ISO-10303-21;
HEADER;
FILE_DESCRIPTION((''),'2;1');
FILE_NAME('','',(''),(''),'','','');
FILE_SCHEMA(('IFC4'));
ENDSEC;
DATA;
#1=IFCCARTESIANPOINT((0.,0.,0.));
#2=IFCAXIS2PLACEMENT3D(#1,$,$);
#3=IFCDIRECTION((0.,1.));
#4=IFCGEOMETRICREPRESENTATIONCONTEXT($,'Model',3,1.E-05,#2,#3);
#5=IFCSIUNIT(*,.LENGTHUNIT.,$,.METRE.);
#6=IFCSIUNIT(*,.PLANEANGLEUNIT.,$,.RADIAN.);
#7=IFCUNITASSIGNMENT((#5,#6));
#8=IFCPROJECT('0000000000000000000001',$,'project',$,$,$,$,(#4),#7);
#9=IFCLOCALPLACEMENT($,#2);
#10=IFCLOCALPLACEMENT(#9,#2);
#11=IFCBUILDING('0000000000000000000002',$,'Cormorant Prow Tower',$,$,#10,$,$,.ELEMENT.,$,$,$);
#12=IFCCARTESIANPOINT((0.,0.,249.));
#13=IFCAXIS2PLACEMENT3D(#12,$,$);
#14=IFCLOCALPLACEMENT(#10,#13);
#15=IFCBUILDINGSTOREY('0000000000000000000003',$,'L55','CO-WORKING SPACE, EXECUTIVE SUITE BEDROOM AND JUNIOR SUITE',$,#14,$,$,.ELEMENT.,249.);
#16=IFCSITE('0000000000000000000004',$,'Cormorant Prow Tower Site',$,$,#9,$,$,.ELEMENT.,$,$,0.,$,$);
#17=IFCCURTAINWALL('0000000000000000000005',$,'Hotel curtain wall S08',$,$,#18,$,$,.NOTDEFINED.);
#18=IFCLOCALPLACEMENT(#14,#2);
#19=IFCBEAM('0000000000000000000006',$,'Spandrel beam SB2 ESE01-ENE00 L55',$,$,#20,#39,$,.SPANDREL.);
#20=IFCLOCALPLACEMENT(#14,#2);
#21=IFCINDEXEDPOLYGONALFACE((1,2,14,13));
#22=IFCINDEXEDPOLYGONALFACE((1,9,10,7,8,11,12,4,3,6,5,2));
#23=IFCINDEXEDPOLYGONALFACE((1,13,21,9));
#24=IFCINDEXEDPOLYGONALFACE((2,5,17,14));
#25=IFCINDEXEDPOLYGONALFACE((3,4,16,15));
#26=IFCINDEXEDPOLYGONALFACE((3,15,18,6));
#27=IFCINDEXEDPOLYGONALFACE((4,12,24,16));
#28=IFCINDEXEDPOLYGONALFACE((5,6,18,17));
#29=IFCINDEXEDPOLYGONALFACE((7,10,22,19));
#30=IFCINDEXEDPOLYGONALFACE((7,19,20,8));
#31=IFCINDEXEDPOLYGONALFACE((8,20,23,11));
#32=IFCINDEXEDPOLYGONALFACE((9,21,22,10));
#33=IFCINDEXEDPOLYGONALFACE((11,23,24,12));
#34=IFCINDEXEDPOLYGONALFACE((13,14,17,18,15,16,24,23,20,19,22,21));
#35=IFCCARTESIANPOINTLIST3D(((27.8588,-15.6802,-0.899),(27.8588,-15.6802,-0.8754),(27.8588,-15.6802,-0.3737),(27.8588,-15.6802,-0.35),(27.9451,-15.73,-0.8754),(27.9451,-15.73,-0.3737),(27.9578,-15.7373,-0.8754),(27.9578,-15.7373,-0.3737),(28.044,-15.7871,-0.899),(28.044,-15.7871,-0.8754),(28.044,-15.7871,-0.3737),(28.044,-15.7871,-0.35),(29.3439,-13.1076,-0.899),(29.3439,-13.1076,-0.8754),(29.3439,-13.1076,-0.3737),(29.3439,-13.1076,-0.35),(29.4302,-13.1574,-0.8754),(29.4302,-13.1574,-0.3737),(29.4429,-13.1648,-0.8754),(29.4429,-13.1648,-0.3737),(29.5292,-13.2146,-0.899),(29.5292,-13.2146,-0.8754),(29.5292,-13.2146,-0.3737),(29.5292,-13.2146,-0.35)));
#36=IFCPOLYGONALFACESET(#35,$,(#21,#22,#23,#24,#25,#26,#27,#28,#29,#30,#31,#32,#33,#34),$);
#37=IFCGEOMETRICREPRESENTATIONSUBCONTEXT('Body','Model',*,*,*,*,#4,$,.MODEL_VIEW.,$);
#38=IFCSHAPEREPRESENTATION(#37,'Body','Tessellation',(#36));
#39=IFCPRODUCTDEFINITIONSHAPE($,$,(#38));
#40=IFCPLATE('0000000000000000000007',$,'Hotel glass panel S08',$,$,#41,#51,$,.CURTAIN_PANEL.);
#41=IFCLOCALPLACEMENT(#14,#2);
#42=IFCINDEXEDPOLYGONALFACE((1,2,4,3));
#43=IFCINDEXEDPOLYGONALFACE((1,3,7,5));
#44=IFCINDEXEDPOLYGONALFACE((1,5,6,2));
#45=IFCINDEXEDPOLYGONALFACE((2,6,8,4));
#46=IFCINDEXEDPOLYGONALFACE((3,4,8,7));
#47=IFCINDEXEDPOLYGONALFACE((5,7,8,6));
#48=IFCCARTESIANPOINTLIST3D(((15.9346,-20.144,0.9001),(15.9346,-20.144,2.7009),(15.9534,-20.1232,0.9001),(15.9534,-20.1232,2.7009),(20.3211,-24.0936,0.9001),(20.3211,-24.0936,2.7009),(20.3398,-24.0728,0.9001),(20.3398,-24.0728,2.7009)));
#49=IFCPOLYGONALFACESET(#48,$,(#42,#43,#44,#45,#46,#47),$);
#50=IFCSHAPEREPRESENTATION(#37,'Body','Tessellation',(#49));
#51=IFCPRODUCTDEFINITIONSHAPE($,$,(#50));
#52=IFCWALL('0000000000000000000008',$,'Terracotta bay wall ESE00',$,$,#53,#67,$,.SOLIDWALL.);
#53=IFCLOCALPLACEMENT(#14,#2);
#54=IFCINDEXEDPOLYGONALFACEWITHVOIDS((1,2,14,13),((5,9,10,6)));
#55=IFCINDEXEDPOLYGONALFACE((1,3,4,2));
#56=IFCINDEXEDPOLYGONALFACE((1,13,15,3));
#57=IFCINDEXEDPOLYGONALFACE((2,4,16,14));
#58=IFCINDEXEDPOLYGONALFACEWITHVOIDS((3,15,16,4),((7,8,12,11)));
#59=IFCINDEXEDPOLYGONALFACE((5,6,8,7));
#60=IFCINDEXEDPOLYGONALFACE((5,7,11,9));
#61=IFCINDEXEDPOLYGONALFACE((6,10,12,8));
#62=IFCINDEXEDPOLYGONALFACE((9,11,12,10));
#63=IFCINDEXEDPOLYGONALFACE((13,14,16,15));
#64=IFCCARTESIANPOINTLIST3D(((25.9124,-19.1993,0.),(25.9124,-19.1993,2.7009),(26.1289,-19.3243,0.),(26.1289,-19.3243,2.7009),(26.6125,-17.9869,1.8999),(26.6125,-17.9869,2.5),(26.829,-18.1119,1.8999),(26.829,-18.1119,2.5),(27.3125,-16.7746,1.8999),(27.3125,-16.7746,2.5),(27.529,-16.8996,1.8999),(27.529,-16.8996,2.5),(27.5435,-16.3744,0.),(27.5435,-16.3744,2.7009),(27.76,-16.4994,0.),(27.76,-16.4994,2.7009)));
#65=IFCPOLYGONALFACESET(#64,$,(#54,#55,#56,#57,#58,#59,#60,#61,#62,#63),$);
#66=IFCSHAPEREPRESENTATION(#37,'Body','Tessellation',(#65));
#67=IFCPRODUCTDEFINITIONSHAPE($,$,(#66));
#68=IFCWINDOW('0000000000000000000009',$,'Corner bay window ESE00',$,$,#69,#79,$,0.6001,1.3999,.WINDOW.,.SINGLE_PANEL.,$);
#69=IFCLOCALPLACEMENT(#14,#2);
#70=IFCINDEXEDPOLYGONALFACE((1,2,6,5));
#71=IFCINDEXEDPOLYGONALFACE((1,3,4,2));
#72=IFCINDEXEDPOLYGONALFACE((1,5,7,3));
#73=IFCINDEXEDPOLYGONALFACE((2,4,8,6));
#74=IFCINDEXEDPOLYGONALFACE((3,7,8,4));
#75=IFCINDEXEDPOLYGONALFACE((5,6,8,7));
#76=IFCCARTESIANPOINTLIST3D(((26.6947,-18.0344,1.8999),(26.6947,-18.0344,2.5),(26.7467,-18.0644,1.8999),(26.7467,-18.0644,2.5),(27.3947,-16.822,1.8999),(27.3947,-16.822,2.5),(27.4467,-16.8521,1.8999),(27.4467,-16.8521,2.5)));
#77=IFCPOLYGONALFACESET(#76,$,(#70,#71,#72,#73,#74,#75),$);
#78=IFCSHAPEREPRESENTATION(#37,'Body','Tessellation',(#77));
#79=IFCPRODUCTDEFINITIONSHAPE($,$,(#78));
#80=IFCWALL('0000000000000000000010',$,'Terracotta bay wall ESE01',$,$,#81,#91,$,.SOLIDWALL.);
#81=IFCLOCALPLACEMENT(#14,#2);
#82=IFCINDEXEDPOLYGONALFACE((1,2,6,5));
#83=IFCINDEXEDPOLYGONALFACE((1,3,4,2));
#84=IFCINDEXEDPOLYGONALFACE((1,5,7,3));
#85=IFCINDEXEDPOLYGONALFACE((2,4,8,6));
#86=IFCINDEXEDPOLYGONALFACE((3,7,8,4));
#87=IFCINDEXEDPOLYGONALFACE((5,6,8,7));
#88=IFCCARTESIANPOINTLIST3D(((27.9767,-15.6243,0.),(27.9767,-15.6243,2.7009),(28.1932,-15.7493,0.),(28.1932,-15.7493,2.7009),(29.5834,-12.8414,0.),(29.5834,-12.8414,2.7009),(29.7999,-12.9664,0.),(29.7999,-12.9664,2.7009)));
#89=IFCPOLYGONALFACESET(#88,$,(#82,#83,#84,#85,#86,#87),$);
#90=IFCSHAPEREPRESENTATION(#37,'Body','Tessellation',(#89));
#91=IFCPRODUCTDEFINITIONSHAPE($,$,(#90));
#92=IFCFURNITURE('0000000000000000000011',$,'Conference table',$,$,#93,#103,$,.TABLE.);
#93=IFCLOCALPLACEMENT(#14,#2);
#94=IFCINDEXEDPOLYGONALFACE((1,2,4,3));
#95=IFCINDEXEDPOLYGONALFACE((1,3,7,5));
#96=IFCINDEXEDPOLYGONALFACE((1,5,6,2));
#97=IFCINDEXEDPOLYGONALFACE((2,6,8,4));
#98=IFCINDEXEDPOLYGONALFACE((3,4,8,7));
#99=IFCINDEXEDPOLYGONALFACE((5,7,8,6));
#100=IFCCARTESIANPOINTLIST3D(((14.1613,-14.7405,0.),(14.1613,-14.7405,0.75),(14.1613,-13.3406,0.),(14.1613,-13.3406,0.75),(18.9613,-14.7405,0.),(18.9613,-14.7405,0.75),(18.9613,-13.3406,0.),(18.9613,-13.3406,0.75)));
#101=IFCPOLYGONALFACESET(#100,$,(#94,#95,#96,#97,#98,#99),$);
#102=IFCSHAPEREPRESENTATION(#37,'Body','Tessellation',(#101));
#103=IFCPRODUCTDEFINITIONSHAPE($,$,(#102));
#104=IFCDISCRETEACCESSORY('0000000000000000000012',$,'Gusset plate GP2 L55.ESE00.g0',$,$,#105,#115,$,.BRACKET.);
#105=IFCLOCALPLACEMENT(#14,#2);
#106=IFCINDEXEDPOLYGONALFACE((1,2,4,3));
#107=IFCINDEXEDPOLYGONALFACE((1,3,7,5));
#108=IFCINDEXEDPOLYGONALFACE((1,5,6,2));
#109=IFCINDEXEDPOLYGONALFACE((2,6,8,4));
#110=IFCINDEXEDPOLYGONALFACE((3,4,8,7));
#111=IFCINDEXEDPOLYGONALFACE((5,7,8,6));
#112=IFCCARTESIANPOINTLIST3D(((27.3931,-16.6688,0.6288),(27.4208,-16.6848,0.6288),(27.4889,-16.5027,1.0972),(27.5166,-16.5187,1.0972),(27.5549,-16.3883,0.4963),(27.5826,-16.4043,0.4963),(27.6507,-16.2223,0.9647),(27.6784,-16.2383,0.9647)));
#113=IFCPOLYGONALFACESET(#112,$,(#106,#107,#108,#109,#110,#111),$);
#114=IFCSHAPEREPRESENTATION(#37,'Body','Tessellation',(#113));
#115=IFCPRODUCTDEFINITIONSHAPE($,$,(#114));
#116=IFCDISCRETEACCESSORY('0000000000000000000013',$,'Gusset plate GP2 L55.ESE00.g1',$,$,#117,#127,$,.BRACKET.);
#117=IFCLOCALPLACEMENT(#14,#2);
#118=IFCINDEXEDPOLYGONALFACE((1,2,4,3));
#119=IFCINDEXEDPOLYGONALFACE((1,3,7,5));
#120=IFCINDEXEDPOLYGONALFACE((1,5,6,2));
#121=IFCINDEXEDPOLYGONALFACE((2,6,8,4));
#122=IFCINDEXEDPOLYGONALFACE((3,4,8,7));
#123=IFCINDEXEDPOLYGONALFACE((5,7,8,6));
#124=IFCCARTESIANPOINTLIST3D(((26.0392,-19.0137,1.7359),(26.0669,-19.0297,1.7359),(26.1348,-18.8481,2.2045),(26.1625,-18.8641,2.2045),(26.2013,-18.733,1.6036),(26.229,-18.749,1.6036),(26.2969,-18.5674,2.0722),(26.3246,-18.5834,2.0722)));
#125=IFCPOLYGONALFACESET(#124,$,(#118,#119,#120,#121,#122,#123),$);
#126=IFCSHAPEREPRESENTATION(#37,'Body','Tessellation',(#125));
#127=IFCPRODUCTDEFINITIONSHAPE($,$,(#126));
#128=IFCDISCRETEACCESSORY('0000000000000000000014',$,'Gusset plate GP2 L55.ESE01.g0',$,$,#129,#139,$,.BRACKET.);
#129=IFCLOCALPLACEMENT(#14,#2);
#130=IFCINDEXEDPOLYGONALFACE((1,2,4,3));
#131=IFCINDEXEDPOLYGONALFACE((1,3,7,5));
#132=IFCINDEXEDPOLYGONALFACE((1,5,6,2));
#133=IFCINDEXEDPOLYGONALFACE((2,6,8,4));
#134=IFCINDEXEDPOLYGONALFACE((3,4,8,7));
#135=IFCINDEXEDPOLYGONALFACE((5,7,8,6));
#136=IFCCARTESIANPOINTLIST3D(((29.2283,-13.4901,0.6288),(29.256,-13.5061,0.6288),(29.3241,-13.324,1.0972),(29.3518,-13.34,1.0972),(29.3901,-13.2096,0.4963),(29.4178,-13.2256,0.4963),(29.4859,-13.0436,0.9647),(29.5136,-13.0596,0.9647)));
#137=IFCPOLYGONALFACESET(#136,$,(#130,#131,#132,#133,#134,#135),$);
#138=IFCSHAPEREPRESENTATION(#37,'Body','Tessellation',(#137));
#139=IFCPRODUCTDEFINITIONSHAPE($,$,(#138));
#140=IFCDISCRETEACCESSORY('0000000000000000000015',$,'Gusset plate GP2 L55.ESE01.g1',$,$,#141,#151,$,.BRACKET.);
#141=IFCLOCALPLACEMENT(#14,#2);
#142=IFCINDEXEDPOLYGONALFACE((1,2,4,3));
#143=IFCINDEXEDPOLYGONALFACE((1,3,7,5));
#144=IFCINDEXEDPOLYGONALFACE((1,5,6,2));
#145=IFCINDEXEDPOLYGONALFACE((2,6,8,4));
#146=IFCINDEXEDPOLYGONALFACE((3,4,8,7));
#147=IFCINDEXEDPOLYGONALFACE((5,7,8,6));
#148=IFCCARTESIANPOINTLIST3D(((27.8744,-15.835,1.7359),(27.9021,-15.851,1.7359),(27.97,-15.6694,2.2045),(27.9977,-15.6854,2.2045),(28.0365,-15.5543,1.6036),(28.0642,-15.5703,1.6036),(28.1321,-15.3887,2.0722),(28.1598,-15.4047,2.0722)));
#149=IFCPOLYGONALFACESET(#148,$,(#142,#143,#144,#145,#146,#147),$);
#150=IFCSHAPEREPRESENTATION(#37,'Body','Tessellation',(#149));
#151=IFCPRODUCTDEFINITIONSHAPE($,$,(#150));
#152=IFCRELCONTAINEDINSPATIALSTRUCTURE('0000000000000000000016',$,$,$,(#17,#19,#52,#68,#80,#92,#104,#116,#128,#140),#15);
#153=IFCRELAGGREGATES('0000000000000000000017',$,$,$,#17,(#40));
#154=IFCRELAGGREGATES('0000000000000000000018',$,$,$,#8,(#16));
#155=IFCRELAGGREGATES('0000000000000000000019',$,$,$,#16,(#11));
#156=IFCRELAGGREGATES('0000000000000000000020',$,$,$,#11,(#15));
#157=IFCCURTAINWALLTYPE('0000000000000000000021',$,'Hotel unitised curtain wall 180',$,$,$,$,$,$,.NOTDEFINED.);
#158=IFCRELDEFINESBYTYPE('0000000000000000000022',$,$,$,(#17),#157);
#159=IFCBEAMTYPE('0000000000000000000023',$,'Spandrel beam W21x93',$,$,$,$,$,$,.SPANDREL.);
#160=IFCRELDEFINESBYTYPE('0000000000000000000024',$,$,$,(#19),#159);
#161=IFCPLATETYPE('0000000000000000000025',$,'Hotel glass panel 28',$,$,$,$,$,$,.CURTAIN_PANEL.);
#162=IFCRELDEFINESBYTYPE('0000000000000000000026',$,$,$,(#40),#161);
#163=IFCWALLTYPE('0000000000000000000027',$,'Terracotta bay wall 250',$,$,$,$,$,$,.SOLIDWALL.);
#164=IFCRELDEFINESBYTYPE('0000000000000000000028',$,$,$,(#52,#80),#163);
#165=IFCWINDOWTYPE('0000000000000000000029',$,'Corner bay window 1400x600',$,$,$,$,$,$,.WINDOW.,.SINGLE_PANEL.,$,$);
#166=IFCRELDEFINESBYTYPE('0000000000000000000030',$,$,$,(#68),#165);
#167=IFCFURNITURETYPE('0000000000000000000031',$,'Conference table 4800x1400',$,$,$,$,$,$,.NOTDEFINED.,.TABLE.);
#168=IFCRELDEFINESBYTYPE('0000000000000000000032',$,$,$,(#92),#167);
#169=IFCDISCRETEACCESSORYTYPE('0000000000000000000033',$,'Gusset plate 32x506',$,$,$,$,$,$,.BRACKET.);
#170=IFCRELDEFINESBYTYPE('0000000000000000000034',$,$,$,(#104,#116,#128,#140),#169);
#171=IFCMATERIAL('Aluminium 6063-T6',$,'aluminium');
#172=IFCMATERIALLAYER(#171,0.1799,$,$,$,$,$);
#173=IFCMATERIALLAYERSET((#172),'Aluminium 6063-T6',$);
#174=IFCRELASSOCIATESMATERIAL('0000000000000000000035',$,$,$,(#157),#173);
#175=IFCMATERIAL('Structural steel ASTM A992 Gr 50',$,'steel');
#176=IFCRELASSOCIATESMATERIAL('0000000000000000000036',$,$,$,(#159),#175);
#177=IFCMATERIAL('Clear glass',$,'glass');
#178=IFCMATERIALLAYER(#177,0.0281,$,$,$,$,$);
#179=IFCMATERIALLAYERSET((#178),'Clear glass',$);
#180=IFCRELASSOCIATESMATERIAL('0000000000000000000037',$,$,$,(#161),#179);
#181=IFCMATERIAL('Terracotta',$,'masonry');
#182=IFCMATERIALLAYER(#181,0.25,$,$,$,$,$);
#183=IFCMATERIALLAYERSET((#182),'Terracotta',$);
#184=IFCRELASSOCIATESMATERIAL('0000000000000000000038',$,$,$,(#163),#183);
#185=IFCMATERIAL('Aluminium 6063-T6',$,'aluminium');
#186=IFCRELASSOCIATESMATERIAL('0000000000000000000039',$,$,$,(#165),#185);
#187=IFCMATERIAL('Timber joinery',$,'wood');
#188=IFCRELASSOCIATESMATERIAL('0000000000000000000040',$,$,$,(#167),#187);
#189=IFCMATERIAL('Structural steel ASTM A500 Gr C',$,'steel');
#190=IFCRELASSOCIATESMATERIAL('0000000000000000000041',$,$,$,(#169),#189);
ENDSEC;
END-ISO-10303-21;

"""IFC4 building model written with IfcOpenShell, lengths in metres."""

from ifc_helpers import new_model, si_unit, direction, frame, frame_2d, origin, origin_2d, place, context, subcontext, project, spatial, rectangle, i_section, extrude, material, layer, layer_set, material_profile, profile_set, type_object, element, fill, aggregate, save


model = new_model("IFC4")

# Units and contexts
model_context = context("Model", 3, precision=1e-05, world=origin(), true_north=direction((0.0, 1.0)))
body_context = subcontext(model_context, "Body", "Model", "MODEL_VIEW")
ifc_project = project(units=[si_unit("LENGTHUNIT", "METRE"), si_unit("PLANEANGLEUNIT", "RADIAN")], contexts=[model_context])

# Site, building, storey
site_placement = place(None, origin())
site = spatial("IfcSite", under=ifc_project, at=site_placement, Name="Cormorant Prow Tower Site", CompositionType="ELEMENT", RefElevation=0.0)
building_placement = place(site_placement, origin())
building = spatial("IfcBuilding", under=site, at=building_placement, Name="Cormorant Prow Tower", CompositionType="ELEMENT")
storey_placement = place(building_placement, frame((0.0, 0.0, 249.0)))
storey = spatial("IfcBuildingStorey", under=building, at=storey_placement, Name="L55", Description="CO-WORKING SPACE, EXECUTIVE SUITE BEDROOM AND JUNIOR SUITE", CompositionType="ELEMENT", Elevation=249.0)

# Curtain wall
ifc_material_1 = material(Name="Aluminium 6063-T6", Category="aluminium")
ifc_layer_1 = layer(ifc_material_1, 0.1799)
ifc_layer_set_1 = layer_set([ifc_layer_1], Name="Aluminium 6063-T6")
curtain_wall_type = type_object("IfcCurtainWallType", Name="Hotel unitised curtain wall 180", PredefinedType="NOTDEFINED", material=ifc_layer_set_1)
curtain_wall_placement = place(storey_placement, origin())
curtain_wall = element("IfcCurtainWall", 1, at=curtain_wall_placement, inside=storey, type_object=curtain_wall_type, Name="Hotel curtain wall S08", PredefinedType="NOTDEFINED")

# Beam
ifc_material_2 = material(Name="Structural steel ASTM A992 Gr 50", Category="steel")
ifc_material_profile_1 = material_profile(ifc_material_2, i_section(OverallWidth=0.2139, OverallDepth=0.5491, WebThickness=0.0146, FlangeThickness=0.0237, at=origin_2d()), Name="W21x93")
ifc_profile_set_1 = profile_set([ifc_material_profile_1], Name="Structural steel ASTM A992 Gr 50")
beam_type = type_object("IfcBeamType", Name="Spandrel beam W21x93", PredefinedType="SPANDREL", material=ifc_profile_set_1)
for number, where, z_axis, x_axis, name in (
    (2, (27.9514, -15.7336, -0.6245), (0.499967, 0.866045, 0.0), (-0.866045, 0.499967, 0.0), "Spandrel beam SB2 ESE01-ENE00 L55"),
):
    element("IfcBeam", number, at=place(storey_placement, frame(where, z_axis=z_axis, x_axis=x_axis)), inside=storey, type_object=beam_type, Name=name, PredefinedType="SPANDREL", context=body_context, shape_type="SweptSolid", body=[
        extrude(i_section(OverallWidth=0.2139, OverallDepth=0.5491, WebThickness=0.0146, FlangeThickness=0.0237, at=origin_2d()), origin(), (0.0, 0.0, 1.0), 2.9705),
    ])

# Plate
ifc_material_3 = material(Name="Clear glass", Category="glass")
ifc_layer_2 = layer(ifc_material_3, 0.0281)
ifc_layer_set_2 = layer_set([ifc_layer_2], Name="Clear glass")
plate_type = type_object("IfcPlateType", Name="Hotel glass panel 28", PredefinedType="CURTAIN_PANEL", material=ifc_layer_set_2)
plate_placement = place(storey_placement, frame((18.1372, -22.1084, 0.9001), z_axis=(0.0, 0.0, 1.0), x_axis=(0.743145, -0.669131, 0.0)))
plate = element("IfcPlate", 3, at=plate_placement, type_object=plate_type, Name="Hotel glass panel S08", PredefinedType="CURTAIN_PANEL", context=body_context, shape_type="SweptSolid", body=[
    extrude(rectangle(XDim=5.9026, YDim=0.0281, at=origin_2d()), origin(), (0.0, 0.0, 1.0), 1.8008),
])
aggregate(curtain_wall, [plate])

# Wall, opening, window
ifc_material_4 = material(Name="Terracotta", Category="masonry")
ifc_layer_3 = layer(ifc_material_4, 0.25)
ifc_layer_set_3 = layer_set([ifc_layer_3], Name="Terracotta")
wall_type_1 = type_object("IfcWallType", Name="Terracotta bay wall 250", PredefinedType="SOLIDWALL", material=ifc_layer_set_3)
wall_1_placement = place(storey_placement, frame((26.0208, -19.2617, 0.0), z_axis=(0.0, 0.0, 1.0), x_axis=(0.500027, 0.86601, 0.0)))
wall_1 = element("IfcWall", 4, at=wall_1_placement, inside=storey, type_object=wall_type_1, Name="Terracotta bay wall ESE00", PredefinedType="SOLIDWALL", context=body_context, shape_type="SweptSolid", body=[
    extrude(rectangle(XDim=3.262, YDim=0.25, at=frame_2d((1.6309, 0.0))), origin(), (0.0, 0.0, 1.0), 2.7009),
])
opening_1_placement = place(wall_1_placement, frame((1.3999, 0.0, 1.8999)))
opening_1 = element("IfcOpeningElement", 5, at=opening_1_placement, cuts=wall_1, PredefinedType="OPENING", context=body_context, shape_type="SweptSolid", body=[
    extrude(rectangle(XDim=1.3999, YDim=0.6001, at=frame_2d((0.7, 0.3))), frame((0.0, 0.135, 0.0), z_axis=(0.0, -1.0, 0.0), x_axis=(1.0, 0.0, 0.0)), (0.0, 0.0, 1.0), 0.27),
])
ifc_material_5 = material(Name="Aluminium 6063-T6", Category="aluminium")
window_type = type_object("IfcWindowType", Name="Corner bay window 1400x600", PartitioningType="SINGLE_PANEL", PredefinedType="WINDOW", material=ifc_material_5)
window_placement = place(opening_1_placement, origin())
window = element("IfcWindow", 6, at=window_placement, inside=storey, type_object=window_type, Name="Corner bay window ESE00", OverallHeight=0.6001, OverallWidth=1.3999, PartitioningType="SINGLE_PANEL", PredefinedType="WINDOW", context=body_context, shape_type="SweptSolid", body=[
    extrude(rectangle(XDim=1.3999, YDim=0.6001, at=frame_2d((0.7, 0.3))), frame((0.0, 0.03, 0.0), z_axis=(0.0, -1.0, 0.0), x_axis=(1.0, 0.0, 0.0)), (0.0, 0.0, 1.0), 0.0601),
])
fill(opening_1, window)

# Wall
wall_2_placement = place(storey_placement, frame((28.085, -15.6868, 0.0), z_axis=(0.0, 0.0, 1.0), x_axis=(0.499988, 0.866033, 0.0)))
element("IfcWall", 7, at=wall_2_placement, inside=storey, type_object=wall_type_1, Name="Terracotta bay wall ESE01", PredefinedType="SOLIDWALL", context=body_context, shape_type="SweptSolid", body=[
    extrude(rectangle(XDim=3.2134, YDim=0.25, at=frame_2d((1.6067, 0.0))), origin(), (0.0, 0.0, 1.0), 2.7009),
])

# Furniture
ifc_material_6 = material(Name="Timber joinery", Category="wood")
furniture_type = type_object("IfcFurnitureType", Name="Conference table 4800x1400", AssemblyPlace="NOTDEFINED", PredefinedType="TABLE", material=ifc_material_6)
furniture_placement = place(storey_placement, frame((16.5613, -14.0405, 0.0), z_axis=(0.0, 0.0, 1.0), x_axis=(1.0, 0.0, 0.0)))
element("IfcFurniture", 8, at=furniture_placement, inside=storey, type_object=furniture_type, Name="Conference table", PredefinedType="TABLE", context=body_context, shape_type="SweptSolid", body=[
    extrude(rectangle(XDim=4.8, YDim=1.3999, at=origin_2d()), origin(), (0.0, 0.0, 1.0), 0.75),
])

# Discrete accessories
ifc_material_7 = material(Name="Structural steel ASTM A500 Gr C", Category="steel")
ifc_material_profile_2 = material_profile(ifc_material_7, rectangle(XDim=0.032, YDim=0.5061, at=origin_2d()), Name="Gusset plate 32x506")
ifc_profile_set_2 = profile_set([ifc_material_profile_2], Name="Structural steel ASTM A500 Gr C")
discrete_accessory_type = type_object("IfcDiscreteAccessoryType", Name="Gusset plate 32x506", PredefinedType="BRACKET", material=ifc_profile_set_2)
discrete_accessory_1_placement = place(storey_placement, frame((27.4548, -16.5938, 0.863), z_axis=(0.462538, 0.801594, -0.378821), x_axis=(-0.866148, 0.499788, 0.0)))
element("IfcDiscreteAccessory", 9, at=discrete_accessory_1_placement, inside=storey, type_object=discrete_accessory_type, Name="Gusset plate GP2 L55.ESE00.g0", PredefinedType="BRACKET", context=body_context, shape_type="SweptSolid", body=[
    extrude(rectangle(XDim=0.032, YDim=0.5061, at=origin_2d()), origin(), (0.0, 0.0, 1.0), 0.3499),
])
discrete_accessory_2_placement = place(storey_placement, frame((26.2629, -18.6582, 1.8379), z_axis=(-0.46295, -0.801796, 0.37789), x_axis=(0.86601, -0.500027, 0.0)))
element("IfcDiscreteAccessory", 10, at=discrete_accessory_2_placement, inside=storey, type_object=discrete_accessory_type, Name="Gusset plate GP2 L55.ESE00.g1", PredefinedType="BRACKET", context=body_context, shape_type="SweptSolid", body=[
    extrude(rectangle(XDim=0.032, YDim=0.5061, at=origin_2d()), origin(), (0.0, 0.0, 1.0), 0.3501),
])
discrete_accessory_3_placement = place(storey_placement, frame((29.29, -13.415, 0.863), z_axis=(0.462538, 0.801594, -0.378821), x_axis=(-0.866148, 0.499788, 0.0)))
element("IfcDiscreteAccessory", 11, at=discrete_accessory_3_placement, inside=storey, type_object=discrete_accessory_type, Name="Gusset plate GP2 L55.ESE01.g0", PredefinedType="BRACKET", context=body_context, shape_type="SweptSolid", body=[
    extrude(rectangle(XDim=0.032, YDim=0.5061, at=origin_2d()), origin(), (0.0, 0.0, 1.0), 0.3499),
])
discrete_accessory_4_placement = place(storey_placement, frame((28.0981, -15.4795, 1.8379), z_axis=(-0.46295, -0.801796, 0.37789), x_axis=(0.86601, -0.500027, 0.0)))
element("IfcDiscreteAccessory", 12, at=discrete_accessory_4_placement, inside=storey, type_object=discrete_accessory_type, Name="Gusset plate GP2 L55.ESE01.g1", PredefinedType="BRACKET", context=body_context, shape_type="SweptSolid", body=[
    extrude(rectangle(XDim=0.032, YDim=0.5061, at=origin_2d()), origin(), (0.0, 0.0, 1.0), 0.3501),
])

save(model, "model.ifc")
